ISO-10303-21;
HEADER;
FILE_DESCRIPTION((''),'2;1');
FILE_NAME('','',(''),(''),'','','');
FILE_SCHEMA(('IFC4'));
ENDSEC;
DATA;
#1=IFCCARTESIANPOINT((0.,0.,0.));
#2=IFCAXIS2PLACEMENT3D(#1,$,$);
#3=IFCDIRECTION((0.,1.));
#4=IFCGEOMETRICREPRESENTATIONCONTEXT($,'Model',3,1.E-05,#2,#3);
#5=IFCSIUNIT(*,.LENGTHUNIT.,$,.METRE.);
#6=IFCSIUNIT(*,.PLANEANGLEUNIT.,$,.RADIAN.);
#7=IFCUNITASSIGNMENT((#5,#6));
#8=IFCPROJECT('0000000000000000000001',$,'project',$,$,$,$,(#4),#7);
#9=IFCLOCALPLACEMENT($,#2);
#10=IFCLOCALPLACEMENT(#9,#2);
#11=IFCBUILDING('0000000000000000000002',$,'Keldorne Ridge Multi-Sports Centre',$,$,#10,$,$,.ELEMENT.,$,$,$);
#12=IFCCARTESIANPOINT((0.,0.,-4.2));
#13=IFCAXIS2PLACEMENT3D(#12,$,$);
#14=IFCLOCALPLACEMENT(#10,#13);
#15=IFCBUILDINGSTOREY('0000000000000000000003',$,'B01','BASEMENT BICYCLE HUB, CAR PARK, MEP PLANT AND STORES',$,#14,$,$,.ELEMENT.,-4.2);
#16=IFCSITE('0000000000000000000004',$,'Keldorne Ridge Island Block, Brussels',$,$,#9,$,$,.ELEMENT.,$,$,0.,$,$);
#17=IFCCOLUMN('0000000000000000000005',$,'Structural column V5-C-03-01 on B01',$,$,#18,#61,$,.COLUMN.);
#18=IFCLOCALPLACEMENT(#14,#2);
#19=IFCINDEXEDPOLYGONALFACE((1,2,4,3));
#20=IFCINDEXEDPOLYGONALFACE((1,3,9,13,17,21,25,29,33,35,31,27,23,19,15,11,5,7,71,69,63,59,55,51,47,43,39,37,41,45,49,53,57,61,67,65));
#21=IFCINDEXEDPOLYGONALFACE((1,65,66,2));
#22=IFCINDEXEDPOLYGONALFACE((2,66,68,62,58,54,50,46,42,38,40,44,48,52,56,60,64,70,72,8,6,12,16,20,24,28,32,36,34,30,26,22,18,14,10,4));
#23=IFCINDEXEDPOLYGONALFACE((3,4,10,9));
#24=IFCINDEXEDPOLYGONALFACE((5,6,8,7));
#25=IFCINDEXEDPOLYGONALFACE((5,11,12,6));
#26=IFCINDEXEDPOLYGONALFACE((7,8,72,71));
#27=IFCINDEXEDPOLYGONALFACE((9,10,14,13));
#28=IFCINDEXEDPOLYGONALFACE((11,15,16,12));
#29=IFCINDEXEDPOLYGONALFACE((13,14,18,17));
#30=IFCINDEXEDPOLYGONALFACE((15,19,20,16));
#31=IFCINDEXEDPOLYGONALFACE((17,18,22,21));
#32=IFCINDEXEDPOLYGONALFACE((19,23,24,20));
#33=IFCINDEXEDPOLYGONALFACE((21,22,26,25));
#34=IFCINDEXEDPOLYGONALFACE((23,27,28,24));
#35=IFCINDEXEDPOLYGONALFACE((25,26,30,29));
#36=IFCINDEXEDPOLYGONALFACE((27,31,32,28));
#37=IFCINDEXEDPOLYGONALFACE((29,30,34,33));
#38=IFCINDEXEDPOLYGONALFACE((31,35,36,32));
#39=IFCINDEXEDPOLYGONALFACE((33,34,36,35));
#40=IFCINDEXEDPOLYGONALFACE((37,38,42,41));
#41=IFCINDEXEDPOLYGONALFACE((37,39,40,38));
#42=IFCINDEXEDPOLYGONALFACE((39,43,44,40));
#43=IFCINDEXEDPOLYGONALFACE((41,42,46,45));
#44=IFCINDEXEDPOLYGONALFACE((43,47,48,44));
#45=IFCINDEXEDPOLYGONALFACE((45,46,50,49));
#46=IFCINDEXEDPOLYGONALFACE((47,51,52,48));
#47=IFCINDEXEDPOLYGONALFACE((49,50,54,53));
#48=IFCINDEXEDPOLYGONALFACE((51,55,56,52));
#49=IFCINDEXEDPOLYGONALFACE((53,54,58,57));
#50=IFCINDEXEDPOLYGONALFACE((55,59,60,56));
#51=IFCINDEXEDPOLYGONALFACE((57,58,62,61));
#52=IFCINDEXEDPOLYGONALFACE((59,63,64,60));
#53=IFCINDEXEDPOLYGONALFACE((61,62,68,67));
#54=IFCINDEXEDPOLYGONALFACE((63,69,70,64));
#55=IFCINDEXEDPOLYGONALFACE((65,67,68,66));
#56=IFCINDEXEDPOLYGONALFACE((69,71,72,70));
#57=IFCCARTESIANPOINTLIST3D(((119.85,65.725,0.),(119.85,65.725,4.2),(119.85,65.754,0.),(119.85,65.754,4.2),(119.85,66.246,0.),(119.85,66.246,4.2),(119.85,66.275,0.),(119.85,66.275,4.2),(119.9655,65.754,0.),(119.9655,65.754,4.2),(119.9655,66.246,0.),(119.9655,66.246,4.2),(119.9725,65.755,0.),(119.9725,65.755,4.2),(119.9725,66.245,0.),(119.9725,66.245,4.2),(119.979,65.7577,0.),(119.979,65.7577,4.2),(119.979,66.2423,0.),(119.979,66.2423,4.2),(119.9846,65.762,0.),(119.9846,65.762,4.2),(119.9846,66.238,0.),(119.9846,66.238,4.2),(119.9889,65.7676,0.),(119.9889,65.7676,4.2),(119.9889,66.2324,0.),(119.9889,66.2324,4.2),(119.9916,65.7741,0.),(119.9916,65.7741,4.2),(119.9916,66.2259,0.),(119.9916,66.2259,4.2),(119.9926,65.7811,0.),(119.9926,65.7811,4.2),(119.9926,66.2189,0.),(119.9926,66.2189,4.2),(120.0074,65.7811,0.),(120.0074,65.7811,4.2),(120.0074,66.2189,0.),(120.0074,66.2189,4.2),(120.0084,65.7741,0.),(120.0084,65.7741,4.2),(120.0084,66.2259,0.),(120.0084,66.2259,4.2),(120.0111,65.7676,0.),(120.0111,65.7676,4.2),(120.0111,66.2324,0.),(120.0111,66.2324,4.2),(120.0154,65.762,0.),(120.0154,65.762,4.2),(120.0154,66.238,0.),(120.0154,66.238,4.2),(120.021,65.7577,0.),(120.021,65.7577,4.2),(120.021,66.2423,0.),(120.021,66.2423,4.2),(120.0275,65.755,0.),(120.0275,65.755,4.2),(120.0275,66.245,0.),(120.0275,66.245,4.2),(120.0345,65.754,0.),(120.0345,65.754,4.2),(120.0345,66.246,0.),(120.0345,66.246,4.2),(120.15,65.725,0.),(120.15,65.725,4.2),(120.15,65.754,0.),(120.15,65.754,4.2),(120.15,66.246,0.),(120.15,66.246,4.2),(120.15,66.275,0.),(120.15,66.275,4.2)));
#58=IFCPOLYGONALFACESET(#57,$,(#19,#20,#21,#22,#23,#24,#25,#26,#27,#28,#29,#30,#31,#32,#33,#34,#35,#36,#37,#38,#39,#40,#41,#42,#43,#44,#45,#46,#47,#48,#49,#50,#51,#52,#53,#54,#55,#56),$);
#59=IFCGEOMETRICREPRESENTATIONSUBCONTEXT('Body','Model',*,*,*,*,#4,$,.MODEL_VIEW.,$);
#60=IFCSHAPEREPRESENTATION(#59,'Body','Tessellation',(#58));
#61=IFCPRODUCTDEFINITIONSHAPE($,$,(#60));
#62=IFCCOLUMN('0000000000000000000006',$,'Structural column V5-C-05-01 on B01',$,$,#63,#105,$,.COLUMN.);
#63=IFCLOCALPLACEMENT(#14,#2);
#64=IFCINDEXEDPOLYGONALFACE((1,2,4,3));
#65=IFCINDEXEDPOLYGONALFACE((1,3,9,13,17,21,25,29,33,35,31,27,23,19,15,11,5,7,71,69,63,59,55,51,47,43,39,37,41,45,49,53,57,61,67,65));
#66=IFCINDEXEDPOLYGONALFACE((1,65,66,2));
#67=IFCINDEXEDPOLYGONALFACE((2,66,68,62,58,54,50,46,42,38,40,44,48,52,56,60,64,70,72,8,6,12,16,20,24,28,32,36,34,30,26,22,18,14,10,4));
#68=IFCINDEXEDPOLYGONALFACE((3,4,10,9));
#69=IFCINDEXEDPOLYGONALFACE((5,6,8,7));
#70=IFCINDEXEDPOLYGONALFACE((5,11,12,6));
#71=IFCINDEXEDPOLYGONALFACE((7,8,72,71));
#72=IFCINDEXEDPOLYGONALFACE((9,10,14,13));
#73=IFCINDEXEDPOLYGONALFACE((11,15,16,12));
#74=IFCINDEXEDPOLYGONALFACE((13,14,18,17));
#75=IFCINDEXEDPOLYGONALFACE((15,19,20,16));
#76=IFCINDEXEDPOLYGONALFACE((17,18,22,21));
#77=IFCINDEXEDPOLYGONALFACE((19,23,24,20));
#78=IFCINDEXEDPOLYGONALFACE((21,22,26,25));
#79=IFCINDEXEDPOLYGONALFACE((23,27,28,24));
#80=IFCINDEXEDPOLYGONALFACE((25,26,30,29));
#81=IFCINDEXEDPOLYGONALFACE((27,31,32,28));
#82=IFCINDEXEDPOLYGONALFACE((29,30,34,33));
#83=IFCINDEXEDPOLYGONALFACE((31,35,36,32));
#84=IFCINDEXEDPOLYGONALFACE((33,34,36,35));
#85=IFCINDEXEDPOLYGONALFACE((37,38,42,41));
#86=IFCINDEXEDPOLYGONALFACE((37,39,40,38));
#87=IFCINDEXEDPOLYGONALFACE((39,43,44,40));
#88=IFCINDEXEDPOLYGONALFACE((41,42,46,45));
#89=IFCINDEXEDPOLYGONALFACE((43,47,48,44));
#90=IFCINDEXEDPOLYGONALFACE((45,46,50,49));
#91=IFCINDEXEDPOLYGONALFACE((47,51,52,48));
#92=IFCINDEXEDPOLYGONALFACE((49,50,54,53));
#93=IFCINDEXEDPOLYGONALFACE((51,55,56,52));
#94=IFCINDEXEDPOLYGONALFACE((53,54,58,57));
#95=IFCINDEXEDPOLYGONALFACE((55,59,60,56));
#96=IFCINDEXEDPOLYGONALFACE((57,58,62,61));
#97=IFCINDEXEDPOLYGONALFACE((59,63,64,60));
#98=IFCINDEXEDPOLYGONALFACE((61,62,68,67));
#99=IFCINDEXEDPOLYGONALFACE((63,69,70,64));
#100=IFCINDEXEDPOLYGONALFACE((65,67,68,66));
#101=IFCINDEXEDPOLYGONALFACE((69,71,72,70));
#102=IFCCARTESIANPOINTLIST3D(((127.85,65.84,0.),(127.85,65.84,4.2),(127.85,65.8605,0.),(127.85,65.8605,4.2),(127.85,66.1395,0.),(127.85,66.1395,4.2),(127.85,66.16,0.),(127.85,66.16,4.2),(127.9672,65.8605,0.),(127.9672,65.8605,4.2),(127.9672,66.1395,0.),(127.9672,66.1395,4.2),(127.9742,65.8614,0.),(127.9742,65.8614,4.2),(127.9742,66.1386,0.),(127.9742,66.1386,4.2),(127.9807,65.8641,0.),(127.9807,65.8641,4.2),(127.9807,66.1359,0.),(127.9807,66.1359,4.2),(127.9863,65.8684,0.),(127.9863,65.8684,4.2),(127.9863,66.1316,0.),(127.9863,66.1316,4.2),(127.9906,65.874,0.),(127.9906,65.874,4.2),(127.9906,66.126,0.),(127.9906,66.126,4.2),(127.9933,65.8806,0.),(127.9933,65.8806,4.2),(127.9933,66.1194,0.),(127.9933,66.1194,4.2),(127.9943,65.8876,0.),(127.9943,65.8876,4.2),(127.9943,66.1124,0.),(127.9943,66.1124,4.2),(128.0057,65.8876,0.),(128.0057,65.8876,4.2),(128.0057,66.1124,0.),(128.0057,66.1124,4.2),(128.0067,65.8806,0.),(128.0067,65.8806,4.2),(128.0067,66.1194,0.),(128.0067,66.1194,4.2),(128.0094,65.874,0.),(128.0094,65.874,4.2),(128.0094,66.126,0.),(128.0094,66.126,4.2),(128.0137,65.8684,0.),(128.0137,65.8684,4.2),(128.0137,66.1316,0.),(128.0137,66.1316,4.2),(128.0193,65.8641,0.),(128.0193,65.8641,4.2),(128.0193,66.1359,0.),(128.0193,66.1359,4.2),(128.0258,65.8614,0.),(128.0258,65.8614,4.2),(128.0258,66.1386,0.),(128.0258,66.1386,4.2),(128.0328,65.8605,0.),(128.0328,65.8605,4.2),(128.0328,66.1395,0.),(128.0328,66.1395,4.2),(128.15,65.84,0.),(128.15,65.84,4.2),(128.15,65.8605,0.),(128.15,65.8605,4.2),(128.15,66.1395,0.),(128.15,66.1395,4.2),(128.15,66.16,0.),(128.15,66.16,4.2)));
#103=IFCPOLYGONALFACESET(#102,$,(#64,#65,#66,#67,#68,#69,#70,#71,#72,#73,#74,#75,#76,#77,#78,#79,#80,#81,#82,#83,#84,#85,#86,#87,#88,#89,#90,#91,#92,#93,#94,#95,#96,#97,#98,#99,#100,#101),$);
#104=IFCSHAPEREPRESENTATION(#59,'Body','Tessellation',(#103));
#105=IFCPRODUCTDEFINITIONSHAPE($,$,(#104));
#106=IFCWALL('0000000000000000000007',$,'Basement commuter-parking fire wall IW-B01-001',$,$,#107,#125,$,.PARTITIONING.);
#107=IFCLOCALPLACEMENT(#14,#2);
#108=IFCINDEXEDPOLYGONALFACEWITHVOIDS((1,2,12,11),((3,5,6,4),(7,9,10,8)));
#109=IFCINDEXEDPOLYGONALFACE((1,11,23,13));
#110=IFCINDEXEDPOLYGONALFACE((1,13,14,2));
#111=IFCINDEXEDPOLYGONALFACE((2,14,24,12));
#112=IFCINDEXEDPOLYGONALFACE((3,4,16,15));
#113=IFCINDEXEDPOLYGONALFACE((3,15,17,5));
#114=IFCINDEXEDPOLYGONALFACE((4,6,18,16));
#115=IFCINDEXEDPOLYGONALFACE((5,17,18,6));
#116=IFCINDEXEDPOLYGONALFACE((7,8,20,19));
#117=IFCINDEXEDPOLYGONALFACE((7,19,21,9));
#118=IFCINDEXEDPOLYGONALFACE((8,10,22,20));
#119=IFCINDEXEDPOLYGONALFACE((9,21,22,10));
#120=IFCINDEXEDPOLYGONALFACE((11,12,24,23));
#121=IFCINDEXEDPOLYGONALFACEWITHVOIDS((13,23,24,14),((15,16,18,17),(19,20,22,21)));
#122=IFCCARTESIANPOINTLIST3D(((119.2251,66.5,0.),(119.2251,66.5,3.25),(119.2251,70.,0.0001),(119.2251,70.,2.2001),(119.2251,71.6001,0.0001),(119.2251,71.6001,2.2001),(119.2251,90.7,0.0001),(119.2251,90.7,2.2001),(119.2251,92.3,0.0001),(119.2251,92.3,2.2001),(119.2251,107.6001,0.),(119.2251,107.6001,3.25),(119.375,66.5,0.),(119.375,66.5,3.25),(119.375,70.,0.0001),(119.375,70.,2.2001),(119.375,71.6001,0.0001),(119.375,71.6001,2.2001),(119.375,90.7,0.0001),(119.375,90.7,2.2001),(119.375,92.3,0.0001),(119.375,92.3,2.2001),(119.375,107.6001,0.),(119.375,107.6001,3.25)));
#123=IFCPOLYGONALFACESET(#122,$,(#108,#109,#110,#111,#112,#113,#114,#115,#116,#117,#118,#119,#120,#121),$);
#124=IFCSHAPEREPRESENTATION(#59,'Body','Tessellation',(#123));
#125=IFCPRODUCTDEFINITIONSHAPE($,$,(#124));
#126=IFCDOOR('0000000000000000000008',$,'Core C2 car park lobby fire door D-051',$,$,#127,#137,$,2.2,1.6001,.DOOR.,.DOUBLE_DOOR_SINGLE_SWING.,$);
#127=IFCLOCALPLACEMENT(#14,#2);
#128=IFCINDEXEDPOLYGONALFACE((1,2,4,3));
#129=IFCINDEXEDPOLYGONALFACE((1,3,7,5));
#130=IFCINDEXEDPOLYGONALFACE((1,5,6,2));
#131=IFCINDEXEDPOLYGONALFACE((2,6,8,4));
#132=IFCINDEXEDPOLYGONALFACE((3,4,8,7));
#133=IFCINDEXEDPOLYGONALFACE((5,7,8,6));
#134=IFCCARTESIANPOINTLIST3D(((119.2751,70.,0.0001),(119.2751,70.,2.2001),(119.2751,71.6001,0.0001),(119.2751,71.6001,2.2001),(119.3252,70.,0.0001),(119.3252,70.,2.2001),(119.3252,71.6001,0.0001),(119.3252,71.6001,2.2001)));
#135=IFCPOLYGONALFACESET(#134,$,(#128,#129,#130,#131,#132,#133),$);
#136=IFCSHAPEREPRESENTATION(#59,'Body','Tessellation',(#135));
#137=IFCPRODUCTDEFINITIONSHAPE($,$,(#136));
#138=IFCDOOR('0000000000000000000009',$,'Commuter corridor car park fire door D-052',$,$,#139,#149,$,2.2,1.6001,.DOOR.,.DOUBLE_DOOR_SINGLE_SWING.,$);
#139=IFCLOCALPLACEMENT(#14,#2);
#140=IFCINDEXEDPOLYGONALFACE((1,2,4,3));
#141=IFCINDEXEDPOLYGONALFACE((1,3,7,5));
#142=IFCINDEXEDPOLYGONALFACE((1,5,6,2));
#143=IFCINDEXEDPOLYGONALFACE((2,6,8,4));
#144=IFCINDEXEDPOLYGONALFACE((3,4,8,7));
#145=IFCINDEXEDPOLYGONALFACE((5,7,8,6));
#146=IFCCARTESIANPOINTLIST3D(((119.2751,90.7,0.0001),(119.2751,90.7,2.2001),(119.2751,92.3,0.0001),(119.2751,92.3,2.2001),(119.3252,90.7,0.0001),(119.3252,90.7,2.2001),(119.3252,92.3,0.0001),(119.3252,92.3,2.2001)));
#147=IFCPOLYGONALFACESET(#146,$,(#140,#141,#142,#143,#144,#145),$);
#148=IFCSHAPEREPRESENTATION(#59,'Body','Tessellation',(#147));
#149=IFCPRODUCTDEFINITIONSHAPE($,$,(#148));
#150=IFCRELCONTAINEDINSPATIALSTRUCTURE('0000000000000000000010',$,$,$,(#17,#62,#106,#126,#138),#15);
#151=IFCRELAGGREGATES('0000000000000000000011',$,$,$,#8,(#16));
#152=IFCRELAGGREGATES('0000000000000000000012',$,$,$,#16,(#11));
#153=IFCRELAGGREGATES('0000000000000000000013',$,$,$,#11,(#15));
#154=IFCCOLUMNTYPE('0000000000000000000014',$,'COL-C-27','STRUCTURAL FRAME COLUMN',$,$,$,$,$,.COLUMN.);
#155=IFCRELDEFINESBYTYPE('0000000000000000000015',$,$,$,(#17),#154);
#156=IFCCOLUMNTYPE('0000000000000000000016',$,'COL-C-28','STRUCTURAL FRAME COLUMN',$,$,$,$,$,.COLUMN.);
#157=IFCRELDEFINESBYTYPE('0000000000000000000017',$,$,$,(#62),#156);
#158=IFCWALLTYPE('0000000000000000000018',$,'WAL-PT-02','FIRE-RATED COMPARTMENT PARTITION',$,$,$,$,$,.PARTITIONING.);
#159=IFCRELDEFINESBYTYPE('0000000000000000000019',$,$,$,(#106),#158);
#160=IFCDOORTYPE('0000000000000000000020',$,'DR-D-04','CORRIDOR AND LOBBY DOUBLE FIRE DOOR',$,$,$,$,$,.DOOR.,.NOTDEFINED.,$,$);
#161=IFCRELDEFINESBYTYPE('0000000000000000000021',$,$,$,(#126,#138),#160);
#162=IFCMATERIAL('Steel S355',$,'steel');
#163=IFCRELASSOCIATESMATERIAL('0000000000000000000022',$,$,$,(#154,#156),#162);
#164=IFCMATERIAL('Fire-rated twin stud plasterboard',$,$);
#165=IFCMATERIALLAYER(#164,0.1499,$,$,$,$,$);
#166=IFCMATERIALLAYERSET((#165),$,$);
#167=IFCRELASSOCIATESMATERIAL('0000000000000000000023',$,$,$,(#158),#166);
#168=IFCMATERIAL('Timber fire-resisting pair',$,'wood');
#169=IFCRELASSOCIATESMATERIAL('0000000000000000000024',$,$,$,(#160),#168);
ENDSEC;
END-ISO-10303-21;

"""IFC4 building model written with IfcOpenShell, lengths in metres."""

from ifc_helpers import new_model, si_unit, direction, frame, frame_2d, origin, origin_2d, place, context, subcontext, project, spatial, rectangle, i_section, extrude, material, layer, layer_set, material_profile, profile_set, type_object, element, fill, save


model = new_model("IFC4")

# Units and contexts
model_context = context("Model", 3, precision=1e-05, world=origin(), true_north=direction((0.0, 1.0)))
body_context = subcontext(model_context, "Body", "Model", "MODEL_VIEW")
ifc_project = project(units=[si_unit("LENGTHUNIT", "METRE"), si_unit("PLANEANGLEUNIT", "RADIAN")], contexts=[model_context])

# Site, building, storey
site_placement = place(None, origin())
site = spatial("IfcSite", under=ifc_project, at=site_placement, Name="Keldorne Ridge Island Block, Brussels", CompositionType="ELEMENT", RefElevation=0.0)
building_placement = place(site_placement, origin())
building = spatial("IfcBuilding", under=site, at=building_placement, Name="Keldorne Ridge Multi-Sports Centre", CompositionType="ELEMENT")
storey_placement = place(building_placement, frame((0.0, 0.0, -4.2)))
storey = spatial("IfcBuildingStorey", under=building, at=storey_placement, Name="B01", Description="BASEMENT BICYCLE HUB, CAR PARK, MEP PLANT AND STORES", CompositionType="ELEMENT", Elevation=-4.2)

# Columns
ifc_material_1 = material(Name="Steel S355", Category="steel")
ifc_material_profile_1 = material_profile(ifc_material_1, i_section(OverallWidth=0.3, OverallDepth=0.55, WebThickness=0.0149, FlangeThickness=0.0291, FilletRadius=0.0271, at=origin_2d()), Name="HEB 550")
ifc_profile_set_1 = profile_set([ifc_material_profile_1], Name="Steel S355")
column_type_1 = type_object("IfcColumnType", Name="COL-C-27", Description="STRUCTURAL FRAME COLUMN", PredefinedType="COLUMN", material=ifc_profile_set_1)
column_1_placement = place(storey_placement, frame((120.0, 66.0, 0.0), z_axis=(0.0, 0.0, 1.0), x_axis=(1.0, 0.0, 0.0)))
element("IfcColumn", 1, at=column_1_placement, inside=storey, type_object=column_type_1, Name="Structural column V5-C-03-01 on B01", PredefinedType="COLUMN", context=body_context, shape_type="SweptSolid", body=[
    extrude(i_section(OverallWidth=0.3, OverallDepth=0.55, WebThickness=0.0149, FlangeThickness=0.0291, FilletRadius=0.0271, at=origin_2d()), origin(), (0.0, 0.0, 1.0), 4.2),
])
ifc_material_profile_2 = material_profile(ifc_material_1, i_section(OverallWidth=0.3, OverallDepth=0.3201, WebThickness=0.0115, FlangeThickness=0.0205, FilletRadius=0.0271, at=origin_2d()), Name="HEB 320")
ifc_profile_set_2 = profile_set([ifc_material_profile_2], Name="Steel S355")
column_type_2 = type_object("IfcColumnType", Name="COL-C-28", Description="STRUCTURAL FRAME COLUMN", PredefinedType="COLUMN", material=ifc_profile_set_2)
column_2_placement = place(storey_placement, frame((128.0, 66.0, 0.0), z_axis=(0.0, 0.0, 1.0), x_axis=(1.0, 0.0, 0.0)))
element("IfcColumn", 2, at=column_2_placement, inside=storey, type_object=column_type_2, Name="Structural column V5-C-05-01 on B01", PredefinedType="COLUMN", context=body_context, shape_type="SweptSolid", body=[
    extrude(i_section(OverallWidth=0.3, OverallDepth=0.3201, WebThickness=0.0115, FlangeThickness=0.0205, FilletRadius=0.0271, at=origin_2d()), origin(), (0.0, 0.0, 1.0), 4.2),
])

# Wall, openings, doors
ifc_material_2 = material(Name="Fire-rated twin stud plasterboard")
ifc_layer_1 = layer(ifc_material_2, 0.1499)
ifc_layer_set_1 = layer_set([ifc_layer_1])
wall_type_1 = type_object("IfcWallType", Name="WAL-PT-02", Description="FIRE-RATED COMPARTMENT PARTITION", PredefinedType="PARTITIONING", material=ifc_layer_set_1)
wall_1_placement = place(storey_placement, frame((119.3, 66.5, 0.0), z_axis=(0.0, 0.0, 1.0), x_axis=(0.0, 1.0, 0.0)))
wall_1 = element("IfcWall", 3, at=wall_1_placement, inside=storey, type_object=wall_type_1, Name="Basement commuter-parking fire wall IW-B01-001", PredefinedType="PARTITIONING", context=body_context, shape_type="SweptSolid", body=[
    extrude(rectangle(XDim=41.1001, YDim=0.1499, at=frame_2d((20.55, 0.0))), origin(), (0.0, 0.0, 1.0), 3.25),
])
opening_1_placement = place(wall_1_placement, frame((3.5, 0.0, 0.0)))
opening_1 = element("IfcOpeningElement", 4, at=opening_1_placement, cuts=wall_1, PredefinedType="OPENING", context=body_context, shape_type="SweptSolid", body=[
    extrude(rectangle(XDim=1.6001, YDim=2.2, at=frame_2d((0.8, 1.1001))), frame((0.0, 0.085, 0.0), z_axis=(0.0, -1.0, 0.0), x_axis=(1.0, 0.0, 0.0)), (0.0, 0.0, 1.0), 0.1699),
])
opening_2_placement = place(wall_1_placement, frame((24.2, 0.0, 0.0)))
opening_2 = element("IfcOpeningElement", 5, at=opening_2_placement, cuts=wall_1, PredefinedType="OPENING", context=body_context, shape_type="SweptSolid", body=[
    extrude(rectangle(XDim=1.6001, YDim=2.2, at=frame_2d((0.8, 1.1001))), frame((0.0, 0.085, 0.0), z_axis=(0.0, -1.0, 0.0), x_axis=(1.0, 0.0, 0.0)), (0.0, 0.0, 1.0), 0.1699),
])
ifc_material_3 = material(Name="Timber fire-resisting pair", Category="wood")
door_type_1 = type_object("IfcDoorType", Name="DR-D-04", Description="CORRIDOR AND LOBBY DOUBLE FIRE DOOR", OperationType="NOTDEFINED", PredefinedType="DOOR", material=ifc_material_3)
door_1_placement = place(opening_1_placement, origin())
door_1 = element("IfcDoor", 6, at=door_1_placement, inside=storey, type_object=door_type_1, Name="Core C2 car park lobby fire door D-051", OperationType="DOUBLE_DOOR_SINGLE_SWING", OverallHeight=2.2, OverallWidth=1.6001, PredefinedType="DOOR", context=body_context, shape_type="SweptSolid", body=[
    extrude(rectangle(XDim=1.6001, YDim=2.2, at=frame_2d((0.8, 1.1001))), frame((0.0, 0.0249, 0.0), z_axis=(0.0, -1.0, 0.0), x_axis=(1.0, 0.0, 0.0)), (0.0, 0.0, 1.0), 0.05),
])
fill(opening_1, door_1)
door_2_placement = place(opening_2_placement, origin())
door_2 = element("IfcDoor", 7, at=door_2_placement, inside=storey, type_object=door_type_1, Name="Commuter corridor car park fire door D-052", OperationType="DOUBLE_DOOR_SINGLE_SWING", OverallHeight=2.2, OverallWidth=1.6001, PredefinedType="DOOR", context=body_context, shape_type="SweptSolid", body=[
    extrude(rectangle(XDim=1.6001, YDim=2.2, at=frame_2d((0.8, 1.1001))), frame((0.0, 0.0249, 0.0), z_axis=(0.0, -1.0, 0.0), x_axis=(1.0, 0.0, 0.0)), (0.0, 0.0, 1.0), 0.05),
])
fill(opening_2, door_2)

save(model, "model.ifc")
